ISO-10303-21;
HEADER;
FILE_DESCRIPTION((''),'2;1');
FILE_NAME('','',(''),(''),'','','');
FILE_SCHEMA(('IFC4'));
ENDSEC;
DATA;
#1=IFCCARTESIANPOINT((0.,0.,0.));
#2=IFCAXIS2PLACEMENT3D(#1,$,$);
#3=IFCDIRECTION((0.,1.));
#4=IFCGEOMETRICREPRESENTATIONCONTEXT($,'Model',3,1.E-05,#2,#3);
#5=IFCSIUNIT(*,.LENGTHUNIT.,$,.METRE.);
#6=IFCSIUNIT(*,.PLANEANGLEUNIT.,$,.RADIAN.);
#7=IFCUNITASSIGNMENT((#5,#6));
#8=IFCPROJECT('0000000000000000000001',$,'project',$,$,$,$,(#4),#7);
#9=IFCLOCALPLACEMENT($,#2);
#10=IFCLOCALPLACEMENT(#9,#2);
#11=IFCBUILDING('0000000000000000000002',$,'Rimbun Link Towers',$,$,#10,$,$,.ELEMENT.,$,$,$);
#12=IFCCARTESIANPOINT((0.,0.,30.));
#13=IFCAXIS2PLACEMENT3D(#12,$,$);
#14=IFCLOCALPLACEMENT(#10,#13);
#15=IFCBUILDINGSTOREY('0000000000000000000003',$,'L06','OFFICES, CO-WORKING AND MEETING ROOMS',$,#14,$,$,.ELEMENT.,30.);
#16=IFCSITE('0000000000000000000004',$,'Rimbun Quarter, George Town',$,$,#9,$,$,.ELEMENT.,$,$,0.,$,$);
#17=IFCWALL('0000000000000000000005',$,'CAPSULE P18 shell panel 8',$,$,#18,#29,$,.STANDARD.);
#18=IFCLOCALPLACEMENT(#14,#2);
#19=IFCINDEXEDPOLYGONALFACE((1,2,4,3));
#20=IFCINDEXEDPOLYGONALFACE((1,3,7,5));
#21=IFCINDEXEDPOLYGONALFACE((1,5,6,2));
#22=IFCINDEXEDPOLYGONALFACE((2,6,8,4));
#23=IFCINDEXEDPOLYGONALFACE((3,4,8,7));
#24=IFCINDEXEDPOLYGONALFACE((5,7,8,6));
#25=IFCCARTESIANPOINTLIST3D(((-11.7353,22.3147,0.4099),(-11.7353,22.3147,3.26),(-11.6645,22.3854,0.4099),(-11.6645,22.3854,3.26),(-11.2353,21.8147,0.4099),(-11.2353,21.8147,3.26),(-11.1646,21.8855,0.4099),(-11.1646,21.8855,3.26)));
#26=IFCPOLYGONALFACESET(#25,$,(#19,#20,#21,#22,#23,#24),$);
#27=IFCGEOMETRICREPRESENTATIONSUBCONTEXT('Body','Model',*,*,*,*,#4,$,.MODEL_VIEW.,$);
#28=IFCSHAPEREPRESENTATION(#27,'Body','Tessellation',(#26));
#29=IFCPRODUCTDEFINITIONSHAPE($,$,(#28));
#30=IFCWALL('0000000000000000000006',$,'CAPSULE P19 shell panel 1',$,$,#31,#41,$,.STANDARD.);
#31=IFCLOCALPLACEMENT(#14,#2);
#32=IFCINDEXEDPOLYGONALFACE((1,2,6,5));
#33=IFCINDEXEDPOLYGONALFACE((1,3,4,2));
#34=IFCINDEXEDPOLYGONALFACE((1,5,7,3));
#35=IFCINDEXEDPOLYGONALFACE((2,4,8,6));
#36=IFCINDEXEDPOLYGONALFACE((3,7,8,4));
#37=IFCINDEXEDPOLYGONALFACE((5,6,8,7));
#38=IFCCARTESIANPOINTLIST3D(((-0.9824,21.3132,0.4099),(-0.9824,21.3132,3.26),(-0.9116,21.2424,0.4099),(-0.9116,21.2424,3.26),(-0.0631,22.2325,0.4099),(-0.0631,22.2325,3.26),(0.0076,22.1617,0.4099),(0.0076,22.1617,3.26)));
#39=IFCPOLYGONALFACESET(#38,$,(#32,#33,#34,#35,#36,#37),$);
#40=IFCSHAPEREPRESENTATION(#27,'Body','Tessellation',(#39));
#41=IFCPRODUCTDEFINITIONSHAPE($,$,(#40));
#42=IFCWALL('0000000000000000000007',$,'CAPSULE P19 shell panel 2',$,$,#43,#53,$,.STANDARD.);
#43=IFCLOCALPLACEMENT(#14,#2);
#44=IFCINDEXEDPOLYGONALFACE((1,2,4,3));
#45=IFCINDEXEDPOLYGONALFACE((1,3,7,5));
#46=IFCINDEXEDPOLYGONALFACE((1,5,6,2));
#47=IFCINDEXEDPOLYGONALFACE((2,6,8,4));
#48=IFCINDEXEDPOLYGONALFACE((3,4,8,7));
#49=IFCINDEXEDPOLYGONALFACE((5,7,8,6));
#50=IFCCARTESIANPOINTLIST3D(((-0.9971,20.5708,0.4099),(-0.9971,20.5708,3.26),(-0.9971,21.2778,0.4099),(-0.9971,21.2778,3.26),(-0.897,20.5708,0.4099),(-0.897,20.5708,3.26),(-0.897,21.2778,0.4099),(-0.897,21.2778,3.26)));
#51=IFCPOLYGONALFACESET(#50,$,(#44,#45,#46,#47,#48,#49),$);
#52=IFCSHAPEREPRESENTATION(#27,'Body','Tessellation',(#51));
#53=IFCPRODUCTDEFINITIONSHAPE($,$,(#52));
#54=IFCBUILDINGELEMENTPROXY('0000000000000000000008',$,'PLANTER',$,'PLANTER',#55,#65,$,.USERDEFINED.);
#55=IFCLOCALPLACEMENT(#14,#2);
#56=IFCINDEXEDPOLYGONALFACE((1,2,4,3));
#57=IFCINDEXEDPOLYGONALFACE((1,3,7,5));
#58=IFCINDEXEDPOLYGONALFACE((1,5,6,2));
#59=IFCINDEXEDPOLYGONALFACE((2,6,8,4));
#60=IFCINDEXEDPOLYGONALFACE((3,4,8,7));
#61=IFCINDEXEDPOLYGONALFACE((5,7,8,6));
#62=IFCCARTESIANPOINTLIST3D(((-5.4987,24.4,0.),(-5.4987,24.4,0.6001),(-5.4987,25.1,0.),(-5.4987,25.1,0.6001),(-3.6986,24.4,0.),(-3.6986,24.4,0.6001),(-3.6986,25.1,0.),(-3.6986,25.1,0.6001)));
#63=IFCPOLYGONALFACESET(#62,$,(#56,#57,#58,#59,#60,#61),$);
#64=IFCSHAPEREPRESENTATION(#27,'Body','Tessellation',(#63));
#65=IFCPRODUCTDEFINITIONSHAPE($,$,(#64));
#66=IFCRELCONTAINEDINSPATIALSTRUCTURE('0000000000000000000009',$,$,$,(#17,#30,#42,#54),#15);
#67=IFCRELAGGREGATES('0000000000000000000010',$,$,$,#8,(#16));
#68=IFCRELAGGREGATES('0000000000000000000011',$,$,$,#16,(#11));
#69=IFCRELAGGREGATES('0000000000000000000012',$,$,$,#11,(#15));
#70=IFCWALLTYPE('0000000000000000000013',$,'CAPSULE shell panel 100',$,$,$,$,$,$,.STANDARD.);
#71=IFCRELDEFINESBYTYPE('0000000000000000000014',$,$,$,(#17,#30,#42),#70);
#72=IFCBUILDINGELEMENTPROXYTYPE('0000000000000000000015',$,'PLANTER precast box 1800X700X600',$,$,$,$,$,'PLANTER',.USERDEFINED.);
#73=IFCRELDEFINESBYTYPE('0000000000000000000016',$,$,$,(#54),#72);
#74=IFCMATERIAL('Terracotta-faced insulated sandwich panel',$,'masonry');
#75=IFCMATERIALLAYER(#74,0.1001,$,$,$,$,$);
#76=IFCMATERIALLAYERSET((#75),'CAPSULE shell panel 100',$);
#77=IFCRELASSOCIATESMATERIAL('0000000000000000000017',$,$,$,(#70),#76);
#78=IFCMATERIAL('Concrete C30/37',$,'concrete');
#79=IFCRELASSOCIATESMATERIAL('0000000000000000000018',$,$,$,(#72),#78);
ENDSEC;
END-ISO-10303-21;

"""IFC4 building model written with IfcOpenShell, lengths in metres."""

from ifc_helpers import new_model, si_unit, direction, frame, frame_2d, origin, origin_2d, place, context, subcontext, project, spatial, rectangle, extrude, material, layer, layer_set, type_object, element, save


model = new_model("IFC4")

# Units and contexts
model_context = context("Model", 3, precision=1e-05, world=origin(), true_north=direction((0.0, 1.0)))
body_context = subcontext(model_context, "Body", "Model", "MODEL_VIEW")
ifc_project = project(units=[si_unit("LENGTHUNIT", "METRE"), si_unit("PLANEANGLEUNIT", "RADIAN")], contexts=[model_context])

# Site, building, storey
site_placement = place(None, origin())
site = spatial("IfcSite", under=ifc_project, at=site_placement, Name="Rimbun Quarter, George Town", CompositionType="ELEMENT", RefElevation=0.0)
building_placement = place(site_placement, origin())
building = spatial("IfcBuilding", under=site, at=building_placement, Name="Rimbun Link Towers", CompositionType="ELEMENT")
storey_placement = place(building_placement, frame((0.0, 0.0, 30.0)))
storey = spatial("IfcBuildingStorey", under=building, at=storey_placement, Name="L06", Description="OFFICES, CO-WORKING AND MEETING ROOMS", CompositionType="ELEMENT", Elevation=30.0)

# Shared definitions
ifc_material_1 = material(Name="Terracotta-faced insulated sandwich panel", Category="masonry")
ifc_layer_1 = layer(ifc_material_1, 0.1001)
ifc_layer_set_1 = layer_set([ifc_layer_1], Name="CAPSULE shell panel 100")
wall_type_1 = type_object("IfcWallType", Name="CAPSULE shell panel 100", PredefinedType="STANDARD", material=ifc_layer_set_1)

# Walls
for number, where, z_axis, x_axis, name in (
    (1, (-11.2, 21.8501, 0.4099), (0.0, 0.0, 1.0), (-0.707107, 0.707107, 0.0), "CAPSULE P18 shell panel 8"),
):
    element("IfcWall", number, at=place(storey_placement, frame(where, z_axis=z_axis, x_axis=x_axis)), inside=storey, type_object=wall_type_1, Name=name, PredefinedType="STANDARD", context=body_context, shape_type="SweptSolid", body=[
        extrude(rectangle(XDim=0.707, YDim=0.1001, at=frame_2d((0.3535, 0.0))), origin(), (0.0, 0.0, 1.0), 2.8501),
    ])
wall_1_placement = place(storey_placement, frame((-0.0278, 22.197, 0.4099), z_axis=(0.0, 0.0, 1.0), x_axis=(-0.707107, -0.707107, 0.0)))
element("IfcWall", 2, at=wall_1_placement, inside=storey, type_object=wall_type_1, Name="CAPSULE P19 shell panel 1", PredefinedType="STANDARD", context=body_context, shape_type="SweptSolid", body=[
    extrude(rectangle(XDim=1.3, YDim=0.1001, at=frame_2d((0.6499, 0.0))), origin(), (0.0, 0.0, 1.0), 2.8501),
])
wall_2_placement = place(storey_placement, frame((-0.947, 21.2778, 0.4099), z_axis=(0.0, 0.0, 1.0), x_axis=(0.0, -1.0, 0.0)))
element("IfcWall", 3, at=wall_2_placement, inside=storey, type_object=wall_type_1, Name="CAPSULE P19 shell panel 2", PredefinedType="STANDARD", context=body_context, shape_type="SweptSolid", body=[
    extrude(rectangle(XDim=0.707, YDim=0.1001, at=frame_2d((0.3535, 0.0))), origin(), (0.0, 0.0, 1.0), 2.8501),
])

# Building element proxy
ifc_material_2 = material(Name="Concrete C30/37", Category="concrete")
building_element_proxy_type = type_object("IfcBuildingElementProxyType", Name="PLANTER precast box 1800X700X600", ElementType="PLANTER", PredefinedType="USERDEFINED", material=ifc_material_2)
proxy_placement = place(storey_placement, frame((-4.5986, 24.75, 0.0), z_axis=(0.0, 0.0, 1.0), x_axis=(-1.0, 0.0, 0.0)))
element("IfcBuildingElementProxy", 4, at=proxy_placement, inside=storey, type_object=building_element_proxy_type, Name="PLANTER", ObjectType="PLANTER", PredefinedType="USERDEFINED", context=body_context, shape_type="SweptSolid", body=[
    extrude(rectangle(XDim=1.8, YDim=0.7, at=origin_2d()), origin(), (0.0, 0.0, 1.0), 0.6001),
])

save(model, "model.ifc")
